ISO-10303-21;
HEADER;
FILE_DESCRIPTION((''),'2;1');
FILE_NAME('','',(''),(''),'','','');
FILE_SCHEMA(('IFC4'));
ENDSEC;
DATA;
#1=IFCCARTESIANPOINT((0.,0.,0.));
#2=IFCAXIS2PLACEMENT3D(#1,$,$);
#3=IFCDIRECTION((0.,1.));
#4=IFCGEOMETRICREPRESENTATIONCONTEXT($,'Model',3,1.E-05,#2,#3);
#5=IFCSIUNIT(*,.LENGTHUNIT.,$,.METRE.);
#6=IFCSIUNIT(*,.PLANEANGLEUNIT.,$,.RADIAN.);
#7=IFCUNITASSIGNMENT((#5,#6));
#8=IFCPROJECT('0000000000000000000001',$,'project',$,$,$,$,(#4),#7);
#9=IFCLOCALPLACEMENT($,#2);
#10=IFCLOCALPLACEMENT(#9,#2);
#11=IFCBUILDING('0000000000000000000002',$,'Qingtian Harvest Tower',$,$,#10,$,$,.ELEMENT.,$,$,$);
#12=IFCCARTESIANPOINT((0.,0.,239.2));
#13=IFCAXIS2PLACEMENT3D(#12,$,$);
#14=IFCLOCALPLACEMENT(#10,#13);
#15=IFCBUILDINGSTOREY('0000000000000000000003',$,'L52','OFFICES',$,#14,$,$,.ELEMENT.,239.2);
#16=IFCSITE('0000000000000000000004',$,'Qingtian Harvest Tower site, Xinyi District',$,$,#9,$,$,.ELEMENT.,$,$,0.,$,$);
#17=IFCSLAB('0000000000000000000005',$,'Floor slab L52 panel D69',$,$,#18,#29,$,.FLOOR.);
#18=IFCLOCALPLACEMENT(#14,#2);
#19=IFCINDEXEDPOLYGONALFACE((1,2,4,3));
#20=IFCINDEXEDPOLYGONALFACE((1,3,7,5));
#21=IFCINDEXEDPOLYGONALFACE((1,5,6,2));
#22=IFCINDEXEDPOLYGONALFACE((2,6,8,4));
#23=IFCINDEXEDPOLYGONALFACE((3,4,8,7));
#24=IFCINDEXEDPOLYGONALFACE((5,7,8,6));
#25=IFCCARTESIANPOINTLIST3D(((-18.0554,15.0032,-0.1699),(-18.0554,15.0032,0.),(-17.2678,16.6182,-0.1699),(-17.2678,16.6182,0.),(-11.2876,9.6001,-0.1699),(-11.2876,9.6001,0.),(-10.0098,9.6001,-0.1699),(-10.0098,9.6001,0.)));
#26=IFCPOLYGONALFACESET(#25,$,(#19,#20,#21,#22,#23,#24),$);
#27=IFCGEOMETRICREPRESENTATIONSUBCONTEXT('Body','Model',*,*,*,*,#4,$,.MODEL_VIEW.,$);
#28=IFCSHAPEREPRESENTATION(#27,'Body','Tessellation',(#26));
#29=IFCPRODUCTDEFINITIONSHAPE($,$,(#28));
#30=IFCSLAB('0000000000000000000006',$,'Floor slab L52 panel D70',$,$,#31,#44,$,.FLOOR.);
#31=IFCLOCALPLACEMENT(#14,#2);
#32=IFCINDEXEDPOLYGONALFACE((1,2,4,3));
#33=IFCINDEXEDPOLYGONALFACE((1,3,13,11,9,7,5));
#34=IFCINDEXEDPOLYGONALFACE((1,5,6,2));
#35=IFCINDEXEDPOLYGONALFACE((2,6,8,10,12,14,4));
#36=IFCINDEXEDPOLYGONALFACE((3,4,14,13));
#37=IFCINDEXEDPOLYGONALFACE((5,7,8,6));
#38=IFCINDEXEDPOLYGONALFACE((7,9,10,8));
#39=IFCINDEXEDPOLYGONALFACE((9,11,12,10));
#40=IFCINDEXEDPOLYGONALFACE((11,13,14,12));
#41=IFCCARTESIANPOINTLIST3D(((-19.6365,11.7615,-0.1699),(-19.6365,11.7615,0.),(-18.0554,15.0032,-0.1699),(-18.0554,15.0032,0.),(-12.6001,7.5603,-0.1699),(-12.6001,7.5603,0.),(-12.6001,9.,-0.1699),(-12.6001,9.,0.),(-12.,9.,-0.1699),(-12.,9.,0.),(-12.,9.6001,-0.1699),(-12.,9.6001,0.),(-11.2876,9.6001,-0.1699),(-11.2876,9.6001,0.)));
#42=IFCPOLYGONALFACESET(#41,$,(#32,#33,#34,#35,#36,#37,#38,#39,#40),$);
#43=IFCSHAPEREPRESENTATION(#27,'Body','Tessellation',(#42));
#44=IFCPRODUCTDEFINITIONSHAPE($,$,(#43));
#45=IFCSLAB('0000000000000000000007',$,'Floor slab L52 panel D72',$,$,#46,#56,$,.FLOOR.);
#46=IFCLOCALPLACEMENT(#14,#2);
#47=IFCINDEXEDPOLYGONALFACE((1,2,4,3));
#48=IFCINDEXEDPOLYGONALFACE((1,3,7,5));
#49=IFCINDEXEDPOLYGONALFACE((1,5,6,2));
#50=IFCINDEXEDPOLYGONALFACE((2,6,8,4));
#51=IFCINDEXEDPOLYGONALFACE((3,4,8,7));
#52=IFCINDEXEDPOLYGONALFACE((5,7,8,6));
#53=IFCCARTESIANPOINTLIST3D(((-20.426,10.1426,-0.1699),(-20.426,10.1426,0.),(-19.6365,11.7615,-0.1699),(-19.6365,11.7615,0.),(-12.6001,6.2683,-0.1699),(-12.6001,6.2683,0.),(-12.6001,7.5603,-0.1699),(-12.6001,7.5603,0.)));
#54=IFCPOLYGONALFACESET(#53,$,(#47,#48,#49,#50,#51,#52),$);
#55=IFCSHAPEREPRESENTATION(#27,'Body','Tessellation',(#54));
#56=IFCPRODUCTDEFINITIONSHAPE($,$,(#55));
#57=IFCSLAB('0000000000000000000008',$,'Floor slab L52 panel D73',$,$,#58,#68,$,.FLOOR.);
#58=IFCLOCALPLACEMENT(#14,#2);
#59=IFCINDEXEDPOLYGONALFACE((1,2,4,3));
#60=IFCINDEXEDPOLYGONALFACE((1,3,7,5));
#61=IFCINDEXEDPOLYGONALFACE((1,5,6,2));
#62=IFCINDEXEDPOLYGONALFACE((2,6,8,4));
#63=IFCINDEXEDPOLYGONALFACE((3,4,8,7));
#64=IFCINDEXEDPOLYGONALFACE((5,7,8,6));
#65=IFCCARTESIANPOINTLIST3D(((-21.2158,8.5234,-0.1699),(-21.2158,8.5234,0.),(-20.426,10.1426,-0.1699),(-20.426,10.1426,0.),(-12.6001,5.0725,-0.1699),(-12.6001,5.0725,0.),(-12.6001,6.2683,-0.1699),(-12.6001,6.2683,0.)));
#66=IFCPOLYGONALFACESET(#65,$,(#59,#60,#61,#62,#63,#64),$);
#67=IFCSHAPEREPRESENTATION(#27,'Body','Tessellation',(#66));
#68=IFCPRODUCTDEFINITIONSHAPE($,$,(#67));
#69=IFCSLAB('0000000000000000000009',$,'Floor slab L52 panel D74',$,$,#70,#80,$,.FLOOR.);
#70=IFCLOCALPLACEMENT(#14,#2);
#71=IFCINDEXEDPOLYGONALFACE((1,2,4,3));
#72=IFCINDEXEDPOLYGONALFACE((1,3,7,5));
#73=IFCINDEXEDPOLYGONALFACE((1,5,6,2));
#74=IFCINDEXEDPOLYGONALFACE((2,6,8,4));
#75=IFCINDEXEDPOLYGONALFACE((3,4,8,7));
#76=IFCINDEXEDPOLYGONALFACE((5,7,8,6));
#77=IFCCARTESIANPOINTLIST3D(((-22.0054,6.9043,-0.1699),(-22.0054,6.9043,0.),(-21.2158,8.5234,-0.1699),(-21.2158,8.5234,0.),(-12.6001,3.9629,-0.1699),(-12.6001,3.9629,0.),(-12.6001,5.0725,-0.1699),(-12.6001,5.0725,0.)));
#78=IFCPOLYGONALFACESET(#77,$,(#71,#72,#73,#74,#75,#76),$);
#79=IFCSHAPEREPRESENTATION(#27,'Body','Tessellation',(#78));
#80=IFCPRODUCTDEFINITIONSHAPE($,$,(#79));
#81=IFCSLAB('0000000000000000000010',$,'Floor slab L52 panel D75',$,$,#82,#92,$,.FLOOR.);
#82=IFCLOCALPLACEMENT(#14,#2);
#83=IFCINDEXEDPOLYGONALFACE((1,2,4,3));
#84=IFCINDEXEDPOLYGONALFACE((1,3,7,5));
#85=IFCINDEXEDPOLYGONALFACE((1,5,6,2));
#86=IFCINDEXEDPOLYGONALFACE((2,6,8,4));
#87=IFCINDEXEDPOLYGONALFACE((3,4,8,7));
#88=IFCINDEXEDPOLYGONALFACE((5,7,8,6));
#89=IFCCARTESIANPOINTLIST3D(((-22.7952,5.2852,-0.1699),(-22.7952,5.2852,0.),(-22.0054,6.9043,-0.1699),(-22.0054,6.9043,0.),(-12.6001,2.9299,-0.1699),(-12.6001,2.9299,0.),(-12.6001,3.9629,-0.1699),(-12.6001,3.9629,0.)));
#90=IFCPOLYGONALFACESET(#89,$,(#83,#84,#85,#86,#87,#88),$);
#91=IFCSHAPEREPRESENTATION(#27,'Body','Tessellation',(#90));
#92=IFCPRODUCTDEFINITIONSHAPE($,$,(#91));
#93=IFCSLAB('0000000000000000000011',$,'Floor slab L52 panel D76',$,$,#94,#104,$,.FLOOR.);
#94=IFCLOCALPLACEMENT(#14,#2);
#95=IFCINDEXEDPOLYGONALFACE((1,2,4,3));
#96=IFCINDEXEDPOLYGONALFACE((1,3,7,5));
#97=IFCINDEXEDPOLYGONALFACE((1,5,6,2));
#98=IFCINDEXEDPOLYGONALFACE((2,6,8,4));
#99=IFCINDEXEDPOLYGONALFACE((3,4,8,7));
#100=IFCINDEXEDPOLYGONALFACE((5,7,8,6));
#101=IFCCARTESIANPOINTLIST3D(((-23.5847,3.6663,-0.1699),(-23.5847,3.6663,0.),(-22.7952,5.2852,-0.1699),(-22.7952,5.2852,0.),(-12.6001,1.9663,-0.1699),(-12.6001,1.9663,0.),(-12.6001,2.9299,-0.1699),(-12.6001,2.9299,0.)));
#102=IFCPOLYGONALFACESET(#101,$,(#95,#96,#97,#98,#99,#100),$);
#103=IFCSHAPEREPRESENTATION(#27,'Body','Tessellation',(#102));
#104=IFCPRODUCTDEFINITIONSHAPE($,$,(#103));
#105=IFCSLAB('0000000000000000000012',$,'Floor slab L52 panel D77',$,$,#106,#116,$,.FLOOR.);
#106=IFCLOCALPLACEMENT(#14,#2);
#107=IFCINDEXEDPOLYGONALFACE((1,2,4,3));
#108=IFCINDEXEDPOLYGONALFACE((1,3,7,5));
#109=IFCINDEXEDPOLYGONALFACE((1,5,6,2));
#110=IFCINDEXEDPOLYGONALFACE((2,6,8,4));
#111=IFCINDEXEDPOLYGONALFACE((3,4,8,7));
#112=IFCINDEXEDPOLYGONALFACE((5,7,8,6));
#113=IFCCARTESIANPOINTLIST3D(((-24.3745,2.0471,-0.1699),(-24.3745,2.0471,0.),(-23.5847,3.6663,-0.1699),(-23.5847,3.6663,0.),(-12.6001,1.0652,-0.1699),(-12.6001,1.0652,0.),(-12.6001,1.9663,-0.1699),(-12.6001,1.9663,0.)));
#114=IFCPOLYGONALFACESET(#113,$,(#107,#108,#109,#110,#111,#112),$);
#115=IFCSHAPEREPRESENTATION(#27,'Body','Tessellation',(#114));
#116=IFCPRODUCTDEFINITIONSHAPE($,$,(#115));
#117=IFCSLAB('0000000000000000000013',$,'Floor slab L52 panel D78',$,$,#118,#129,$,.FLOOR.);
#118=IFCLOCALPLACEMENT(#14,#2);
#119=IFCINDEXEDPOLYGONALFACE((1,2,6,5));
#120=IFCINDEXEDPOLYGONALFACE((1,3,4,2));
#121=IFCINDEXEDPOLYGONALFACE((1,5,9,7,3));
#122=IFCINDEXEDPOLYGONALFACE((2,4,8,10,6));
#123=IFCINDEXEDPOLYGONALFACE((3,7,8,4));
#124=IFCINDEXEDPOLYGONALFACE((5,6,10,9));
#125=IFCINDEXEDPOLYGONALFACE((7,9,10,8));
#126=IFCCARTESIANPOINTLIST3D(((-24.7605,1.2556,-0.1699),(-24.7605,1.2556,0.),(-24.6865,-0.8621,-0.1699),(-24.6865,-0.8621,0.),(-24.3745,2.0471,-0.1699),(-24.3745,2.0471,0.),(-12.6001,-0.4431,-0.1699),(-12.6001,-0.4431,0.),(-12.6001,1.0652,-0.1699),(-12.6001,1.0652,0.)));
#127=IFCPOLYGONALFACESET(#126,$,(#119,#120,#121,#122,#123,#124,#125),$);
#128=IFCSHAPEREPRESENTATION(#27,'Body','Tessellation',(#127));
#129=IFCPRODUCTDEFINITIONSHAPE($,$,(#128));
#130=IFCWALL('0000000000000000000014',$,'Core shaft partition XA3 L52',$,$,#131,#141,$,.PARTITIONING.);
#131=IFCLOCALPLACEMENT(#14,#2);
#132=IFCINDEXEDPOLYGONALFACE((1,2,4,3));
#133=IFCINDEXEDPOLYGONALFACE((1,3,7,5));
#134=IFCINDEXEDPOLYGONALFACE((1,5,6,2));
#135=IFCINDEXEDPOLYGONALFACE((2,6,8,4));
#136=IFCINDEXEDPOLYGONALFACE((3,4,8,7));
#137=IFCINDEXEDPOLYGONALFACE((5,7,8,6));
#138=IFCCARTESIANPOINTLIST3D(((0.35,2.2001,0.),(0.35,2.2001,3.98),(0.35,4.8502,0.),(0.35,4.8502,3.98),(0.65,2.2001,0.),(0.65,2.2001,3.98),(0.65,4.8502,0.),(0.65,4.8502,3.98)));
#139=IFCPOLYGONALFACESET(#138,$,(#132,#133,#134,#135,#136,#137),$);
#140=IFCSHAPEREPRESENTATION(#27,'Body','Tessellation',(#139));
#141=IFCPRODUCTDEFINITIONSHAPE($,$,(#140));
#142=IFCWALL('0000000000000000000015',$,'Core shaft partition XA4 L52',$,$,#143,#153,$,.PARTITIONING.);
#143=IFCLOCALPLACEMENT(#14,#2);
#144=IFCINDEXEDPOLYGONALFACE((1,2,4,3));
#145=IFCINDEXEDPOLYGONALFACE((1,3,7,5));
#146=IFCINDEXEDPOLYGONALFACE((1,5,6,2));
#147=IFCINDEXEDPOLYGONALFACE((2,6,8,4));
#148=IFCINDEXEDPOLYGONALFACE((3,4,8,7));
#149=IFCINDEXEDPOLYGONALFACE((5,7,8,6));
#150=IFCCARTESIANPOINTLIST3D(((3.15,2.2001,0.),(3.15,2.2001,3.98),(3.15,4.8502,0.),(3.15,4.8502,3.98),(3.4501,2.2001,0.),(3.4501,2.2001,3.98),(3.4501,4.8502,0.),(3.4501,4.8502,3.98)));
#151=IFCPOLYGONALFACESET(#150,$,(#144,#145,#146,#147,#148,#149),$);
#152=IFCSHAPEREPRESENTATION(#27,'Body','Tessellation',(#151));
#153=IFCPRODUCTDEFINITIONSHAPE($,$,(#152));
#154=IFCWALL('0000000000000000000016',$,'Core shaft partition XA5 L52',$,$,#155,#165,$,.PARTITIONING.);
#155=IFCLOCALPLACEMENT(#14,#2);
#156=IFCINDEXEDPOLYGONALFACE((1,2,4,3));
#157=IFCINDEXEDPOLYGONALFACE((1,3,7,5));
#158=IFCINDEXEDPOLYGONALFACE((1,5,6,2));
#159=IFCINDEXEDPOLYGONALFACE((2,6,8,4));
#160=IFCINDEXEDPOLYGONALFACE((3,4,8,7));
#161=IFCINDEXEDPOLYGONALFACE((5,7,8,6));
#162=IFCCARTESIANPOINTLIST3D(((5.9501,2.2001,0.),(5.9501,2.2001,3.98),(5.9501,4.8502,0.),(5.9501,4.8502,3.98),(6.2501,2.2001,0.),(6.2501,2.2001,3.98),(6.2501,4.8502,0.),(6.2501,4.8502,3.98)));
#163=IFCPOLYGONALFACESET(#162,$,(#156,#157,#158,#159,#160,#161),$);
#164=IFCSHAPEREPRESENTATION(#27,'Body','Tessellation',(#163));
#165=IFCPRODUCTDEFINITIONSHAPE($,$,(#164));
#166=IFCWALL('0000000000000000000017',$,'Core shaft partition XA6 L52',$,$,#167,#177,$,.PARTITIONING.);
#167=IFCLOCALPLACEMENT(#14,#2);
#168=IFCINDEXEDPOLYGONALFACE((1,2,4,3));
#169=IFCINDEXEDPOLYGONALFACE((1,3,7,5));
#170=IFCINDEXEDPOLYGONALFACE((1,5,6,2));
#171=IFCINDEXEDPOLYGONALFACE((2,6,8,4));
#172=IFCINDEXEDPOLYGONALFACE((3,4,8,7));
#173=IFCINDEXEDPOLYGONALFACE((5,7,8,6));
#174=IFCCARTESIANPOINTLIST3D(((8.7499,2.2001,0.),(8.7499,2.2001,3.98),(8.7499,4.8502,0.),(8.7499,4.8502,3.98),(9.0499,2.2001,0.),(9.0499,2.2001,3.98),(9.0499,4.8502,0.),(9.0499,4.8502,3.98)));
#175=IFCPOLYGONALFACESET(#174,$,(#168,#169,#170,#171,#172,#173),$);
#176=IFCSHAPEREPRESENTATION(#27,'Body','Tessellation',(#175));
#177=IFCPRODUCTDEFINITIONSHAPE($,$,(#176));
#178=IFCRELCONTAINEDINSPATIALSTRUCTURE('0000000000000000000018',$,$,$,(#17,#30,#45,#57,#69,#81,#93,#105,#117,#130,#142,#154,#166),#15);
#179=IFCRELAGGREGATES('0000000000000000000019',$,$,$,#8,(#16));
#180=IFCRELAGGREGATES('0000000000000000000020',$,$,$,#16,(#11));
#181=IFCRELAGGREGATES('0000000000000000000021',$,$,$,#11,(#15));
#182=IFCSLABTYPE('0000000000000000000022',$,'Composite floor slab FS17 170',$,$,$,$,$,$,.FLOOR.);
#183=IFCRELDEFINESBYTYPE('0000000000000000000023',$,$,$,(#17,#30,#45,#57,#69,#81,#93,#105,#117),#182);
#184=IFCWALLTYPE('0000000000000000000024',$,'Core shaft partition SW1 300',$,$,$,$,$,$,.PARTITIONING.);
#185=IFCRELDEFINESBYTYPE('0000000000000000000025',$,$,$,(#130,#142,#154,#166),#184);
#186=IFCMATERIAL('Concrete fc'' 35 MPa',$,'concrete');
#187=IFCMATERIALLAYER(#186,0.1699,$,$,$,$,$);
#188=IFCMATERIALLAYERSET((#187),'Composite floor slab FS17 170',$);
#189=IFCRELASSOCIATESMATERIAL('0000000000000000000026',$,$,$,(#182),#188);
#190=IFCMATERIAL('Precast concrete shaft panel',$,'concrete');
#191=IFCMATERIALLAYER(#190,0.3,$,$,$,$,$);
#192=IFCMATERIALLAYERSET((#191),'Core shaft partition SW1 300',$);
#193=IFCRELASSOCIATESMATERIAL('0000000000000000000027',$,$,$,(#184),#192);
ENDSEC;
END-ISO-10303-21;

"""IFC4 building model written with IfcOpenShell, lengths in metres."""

from ifc_helpers import new_model, si_unit, direction, frame, frame_2d, origin, place, context, subcontext, project, spatial, polyline, rectangle, outline, extrude, material, layer, layer_set, type_object, element, save


model = new_model("IFC4")

# Units and contexts
model_context = context("Model", 3, precision=1e-05, world=origin(), true_north=direction((0.0, 1.0)))
body_context = subcontext(model_context, "Body", "Model", "MODEL_VIEW")
ifc_project = project(units=[si_unit("LENGTHUNIT", "METRE"), si_unit("PLANEANGLEUNIT", "RADIAN")], contexts=[model_context])

# Site, building, storey
site_placement = place(None, origin())
site = spatial("IfcSite", under=ifc_project, at=site_placement, Name="Qingtian Harvest Tower site, Xinyi District", CompositionType="ELEMENT", RefElevation=0.0)
building_placement = place(site_placement, origin())
building = spatial("IfcBuilding", under=site, at=building_placement, Name="Qingtian Harvest Tower", CompositionType="ELEMENT")
storey_placement = place(building_placement, frame((0.0, 0.0, 239.2)))
storey = spatial("IfcBuildingStorey", under=building, at=storey_placement, Name="L52", Description="OFFICES", CompositionType="ELEMENT", Elevation=239.2)

# Slabs
ifc_material_1 = material(Name="Concrete fc' 35 MPa", Category="concrete")
ifc_layer_1 = layer(ifc_material_1, 0.1699)
ifc_layer_set_1 = layer_set([ifc_layer_1], Name="Composite floor slab FS17 170")
slab_type = type_object("IfcSlabType", Name="Composite floor slab FS17 170", PredefinedType="FLOOR", material=ifc_layer_set_1)
slab_1_placement = place(storey_placement, frame((0.0, 0.0, -0.1699)))
element("IfcSlab", 1, at=slab_1_placement, inside=storey, type_object=slab_type, Name="Floor slab L52 panel D69", PredefinedType="FLOOR", context=body_context, shape_type="SweptSolid", body=[
    extrude(outline(polyline([(-11.2876, 9.6001), (-18.0554, 15.0032), (-17.2678, 16.6182), (-10.0098, 9.6001), (-11.2876, 9.6001)])), origin(), (0.0, 0.0, 1.0), 0.1699),
])
slab_2_placement = place(storey_placement, frame((0.0, 0.0, -0.1699)))
element("IfcSlab", 2, at=slab_2_placement, inside=storey, type_object=slab_type, Name="Floor slab L52 panel D70", PredefinedType="FLOOR", context=body_context, shape_type="SweptSolid", body=[
    extrude(outline(polyline([(-12.0, 9.0), (-12.6001, 9.0), (-12.6001, 7.5603), (-19.6365, 11.7615), (-18.0554, 15.0032), (-11.2876, 9.6001), (-12.0, 9.6001), (-12.0, 9.0)])), origin(), (0.0, 0.0, 1.0), 0.1699),
])
slab_3_placement = place(storey_placement, frame((0.0, 0.0, -0.1699)))
element("IfcSlab", 3, at=slab_3_placement, inside=storey, type_object=slab_type, Name="Floor slab L52 panel D72", PredefinedType="FLOOR", context=body_context, shape_type="SweptSolid", body=[
    extrude(outline(polyline([(-12.6001, 6.2683), (-20.426, 10.1426), (-19.6365, 11.7615), (-12.6001, 7.5603), (-12.6001, 6.2683)])), origin(), (0.0, 0.0, 1.0), 0.1699),
])
slab_4_placement = place(storey_placement, frame((0.0, 0.0, -0.1699)))
element("IfcSlab", 4, at=slab_4_placement, inside=storey, type_object=slab_type, Name="Floor slab L52 panel D73", PredefinedType="FLOOR", context=body_context, shape_type="SweptSolid", body=[
    extrude(outline(polyline([(-12.6001, 5.0725), (-21.2158, 8.5234), (-20.426, 10.1426), (-12.6001, 6.2683), (-12.6001, 5.0725)])), origin(), (0.0, 0.0, 1.0), 0.1699),
])
slab_5_placement = place(storey_placement, frame((0.0, 0.0, -0.1699)))
element("IfcSlab", 5, at=slab_5_placement, inside=storey, type_object=slab_type, Name="Floor slab L52 panel D74", PredefinedType="FLOOR", context=body_context, shape_type="SweptSolid", body=[
    extrude(outline(polyline([(-12.6001, 3.9629), (-22.0054, 6.9043), (-21.2158, 8.5234), (-12.6001, 5.0725), (-12.6001, 3.9629)])), origin(), (0.0, 0.0, 1.0), 0.1699),
])
slab_6_placement = place(storey_placement, frame((0.0, 0.0, -0.1699)))
element("IfcSlab", 6, at=slab_6_placement, inside=storey, type_object=slab_type, Name="Floor slab L52 panel D75", PredefinedType="FLOOR", context=body_context, shape_type="SweptSolid", body=[
    extrude(outline(polyline([(-12.6001, 2.9299), (-22.7952, 5.2852), (-22.0054, 6.9043), (-12.6001, 3.9629), (-12.6001, 2.9299)])), origin(), (0.0, 0.0, 1.0), 0.1699),
])
slab_7_placement = place(storey_placement, frame((0.0, 0.0, -0.1699)))
element("IfcSlab", 7, at=slab_7_placement, inside=storey, type_object=slab_type, Name="Floor slab L52 panel D76", PredefinedType="FLOOR", context=body_context, shape_type="SweptSolid", body=[
    extrude(outline(polyline([(-12.6001, 1.9663), (-23.5847, 3.6663), (-22.7952, 5.2852), (-12.6001, 2.9299), (-12.6001, 1.9663)])), origin(), (0.0, 0.0, 1.0), 0.1699),
])
slab_8_placement = place(storey_placement, frame((0.0, 0.0, -0.1699)))
element("IfcSlab", 8, at=slab_8_placement, inside=storey, type_object=slab_type, Name="Floor slab L52 panel D77", PredefinedType="FLOOR", context=body_context, shape_type="SweptSolid", body=[
    extrude(outline(polyline([(-12.6001, 1.0652), (-24.3745, 2.0471), (-23.5847, 3.6663), (-12.6001, 1.9663), (-12.6001, 1.0652)])), origin(), (0.0, 0.0, 1.0), 0.1699),
])
slab_9_placement = place(storey_placement, frame((0.0, 0.0, -0.1699)))
element("IfcSlab", 9, at=slab_9_placement, inside=storey, type_object=slab_type, Name="Floor slab L52 panel D78", PredefinedType="FLOOR", context=body_context, shape_type="SweptSolid", body=[
    extrude(outline(polyline([(-12.6001, 1.0652), (-12.6001, -0.4431), (-24.6865, -0.8621), (-24.7605, 1.2556), (-24.3745, 2.0471), (-12.6001, 1.0652)])), origin(), (0.0, 0.0, 1.0), 0.1699),
])

# Shared definitions
ifc_material_2 = material(Name="Precast concrete shaft panel", Category="concrete")
ifc_layer_2 = layer(ifc_material_2, 0.3)
ifc_layer_set_2 = layer_set([ifc_layer_2], Name="Core shaft partition SW1 300")
wall_type_1 = type_object("IfcWallType", Name="Core shaft partition SW1 300", PredefinedType="PARTITIONING", material=ifc_layer_set_2)

# Walls
for number, where, z_axis, x_axis, name in (
    (10, (0.5, 2.2, 0.0), (0.0, 0.0, 1.0), (0.0, 1.0, 0.0), "Core shaft partition XA3 L52"),
    (11, (3.3, 2.2, 0.0), (0.0, 0.0, 1.0), (0.0, 1.0, 0.0), "Core shaft partition XA4 L52"),
    (12, (6.1001, 2.2, 0.0), (0.0, 0.0, 1.0), (0.0, 1.0, 0.0), "Core shaft partition XA5 L52"),
    (13, (8.8999, 2.2, 0.0), (0.0, 0.0, 1.0), (0.0, 1.0, 0.0), "Core shaft partition XA6 L52"),
):
    element("IfcWall", number, at=place(storey_placement, frame(where, z_axis=z_axis, x_axis=x_axis)), inside=storey, type_object=wall_type_1, Name=name, PredefinedType="PARTITIONING", context=body_context, shape_type="SweptSolid", body=[
        extrude(rectangle(XDim=2.6501, YDim=0.3, at=frame_2d((1.3252, 0.0))), origin(), (0.0, 0.0, 1.0), 3.98),
    ])

save(model, "model.ifc")
